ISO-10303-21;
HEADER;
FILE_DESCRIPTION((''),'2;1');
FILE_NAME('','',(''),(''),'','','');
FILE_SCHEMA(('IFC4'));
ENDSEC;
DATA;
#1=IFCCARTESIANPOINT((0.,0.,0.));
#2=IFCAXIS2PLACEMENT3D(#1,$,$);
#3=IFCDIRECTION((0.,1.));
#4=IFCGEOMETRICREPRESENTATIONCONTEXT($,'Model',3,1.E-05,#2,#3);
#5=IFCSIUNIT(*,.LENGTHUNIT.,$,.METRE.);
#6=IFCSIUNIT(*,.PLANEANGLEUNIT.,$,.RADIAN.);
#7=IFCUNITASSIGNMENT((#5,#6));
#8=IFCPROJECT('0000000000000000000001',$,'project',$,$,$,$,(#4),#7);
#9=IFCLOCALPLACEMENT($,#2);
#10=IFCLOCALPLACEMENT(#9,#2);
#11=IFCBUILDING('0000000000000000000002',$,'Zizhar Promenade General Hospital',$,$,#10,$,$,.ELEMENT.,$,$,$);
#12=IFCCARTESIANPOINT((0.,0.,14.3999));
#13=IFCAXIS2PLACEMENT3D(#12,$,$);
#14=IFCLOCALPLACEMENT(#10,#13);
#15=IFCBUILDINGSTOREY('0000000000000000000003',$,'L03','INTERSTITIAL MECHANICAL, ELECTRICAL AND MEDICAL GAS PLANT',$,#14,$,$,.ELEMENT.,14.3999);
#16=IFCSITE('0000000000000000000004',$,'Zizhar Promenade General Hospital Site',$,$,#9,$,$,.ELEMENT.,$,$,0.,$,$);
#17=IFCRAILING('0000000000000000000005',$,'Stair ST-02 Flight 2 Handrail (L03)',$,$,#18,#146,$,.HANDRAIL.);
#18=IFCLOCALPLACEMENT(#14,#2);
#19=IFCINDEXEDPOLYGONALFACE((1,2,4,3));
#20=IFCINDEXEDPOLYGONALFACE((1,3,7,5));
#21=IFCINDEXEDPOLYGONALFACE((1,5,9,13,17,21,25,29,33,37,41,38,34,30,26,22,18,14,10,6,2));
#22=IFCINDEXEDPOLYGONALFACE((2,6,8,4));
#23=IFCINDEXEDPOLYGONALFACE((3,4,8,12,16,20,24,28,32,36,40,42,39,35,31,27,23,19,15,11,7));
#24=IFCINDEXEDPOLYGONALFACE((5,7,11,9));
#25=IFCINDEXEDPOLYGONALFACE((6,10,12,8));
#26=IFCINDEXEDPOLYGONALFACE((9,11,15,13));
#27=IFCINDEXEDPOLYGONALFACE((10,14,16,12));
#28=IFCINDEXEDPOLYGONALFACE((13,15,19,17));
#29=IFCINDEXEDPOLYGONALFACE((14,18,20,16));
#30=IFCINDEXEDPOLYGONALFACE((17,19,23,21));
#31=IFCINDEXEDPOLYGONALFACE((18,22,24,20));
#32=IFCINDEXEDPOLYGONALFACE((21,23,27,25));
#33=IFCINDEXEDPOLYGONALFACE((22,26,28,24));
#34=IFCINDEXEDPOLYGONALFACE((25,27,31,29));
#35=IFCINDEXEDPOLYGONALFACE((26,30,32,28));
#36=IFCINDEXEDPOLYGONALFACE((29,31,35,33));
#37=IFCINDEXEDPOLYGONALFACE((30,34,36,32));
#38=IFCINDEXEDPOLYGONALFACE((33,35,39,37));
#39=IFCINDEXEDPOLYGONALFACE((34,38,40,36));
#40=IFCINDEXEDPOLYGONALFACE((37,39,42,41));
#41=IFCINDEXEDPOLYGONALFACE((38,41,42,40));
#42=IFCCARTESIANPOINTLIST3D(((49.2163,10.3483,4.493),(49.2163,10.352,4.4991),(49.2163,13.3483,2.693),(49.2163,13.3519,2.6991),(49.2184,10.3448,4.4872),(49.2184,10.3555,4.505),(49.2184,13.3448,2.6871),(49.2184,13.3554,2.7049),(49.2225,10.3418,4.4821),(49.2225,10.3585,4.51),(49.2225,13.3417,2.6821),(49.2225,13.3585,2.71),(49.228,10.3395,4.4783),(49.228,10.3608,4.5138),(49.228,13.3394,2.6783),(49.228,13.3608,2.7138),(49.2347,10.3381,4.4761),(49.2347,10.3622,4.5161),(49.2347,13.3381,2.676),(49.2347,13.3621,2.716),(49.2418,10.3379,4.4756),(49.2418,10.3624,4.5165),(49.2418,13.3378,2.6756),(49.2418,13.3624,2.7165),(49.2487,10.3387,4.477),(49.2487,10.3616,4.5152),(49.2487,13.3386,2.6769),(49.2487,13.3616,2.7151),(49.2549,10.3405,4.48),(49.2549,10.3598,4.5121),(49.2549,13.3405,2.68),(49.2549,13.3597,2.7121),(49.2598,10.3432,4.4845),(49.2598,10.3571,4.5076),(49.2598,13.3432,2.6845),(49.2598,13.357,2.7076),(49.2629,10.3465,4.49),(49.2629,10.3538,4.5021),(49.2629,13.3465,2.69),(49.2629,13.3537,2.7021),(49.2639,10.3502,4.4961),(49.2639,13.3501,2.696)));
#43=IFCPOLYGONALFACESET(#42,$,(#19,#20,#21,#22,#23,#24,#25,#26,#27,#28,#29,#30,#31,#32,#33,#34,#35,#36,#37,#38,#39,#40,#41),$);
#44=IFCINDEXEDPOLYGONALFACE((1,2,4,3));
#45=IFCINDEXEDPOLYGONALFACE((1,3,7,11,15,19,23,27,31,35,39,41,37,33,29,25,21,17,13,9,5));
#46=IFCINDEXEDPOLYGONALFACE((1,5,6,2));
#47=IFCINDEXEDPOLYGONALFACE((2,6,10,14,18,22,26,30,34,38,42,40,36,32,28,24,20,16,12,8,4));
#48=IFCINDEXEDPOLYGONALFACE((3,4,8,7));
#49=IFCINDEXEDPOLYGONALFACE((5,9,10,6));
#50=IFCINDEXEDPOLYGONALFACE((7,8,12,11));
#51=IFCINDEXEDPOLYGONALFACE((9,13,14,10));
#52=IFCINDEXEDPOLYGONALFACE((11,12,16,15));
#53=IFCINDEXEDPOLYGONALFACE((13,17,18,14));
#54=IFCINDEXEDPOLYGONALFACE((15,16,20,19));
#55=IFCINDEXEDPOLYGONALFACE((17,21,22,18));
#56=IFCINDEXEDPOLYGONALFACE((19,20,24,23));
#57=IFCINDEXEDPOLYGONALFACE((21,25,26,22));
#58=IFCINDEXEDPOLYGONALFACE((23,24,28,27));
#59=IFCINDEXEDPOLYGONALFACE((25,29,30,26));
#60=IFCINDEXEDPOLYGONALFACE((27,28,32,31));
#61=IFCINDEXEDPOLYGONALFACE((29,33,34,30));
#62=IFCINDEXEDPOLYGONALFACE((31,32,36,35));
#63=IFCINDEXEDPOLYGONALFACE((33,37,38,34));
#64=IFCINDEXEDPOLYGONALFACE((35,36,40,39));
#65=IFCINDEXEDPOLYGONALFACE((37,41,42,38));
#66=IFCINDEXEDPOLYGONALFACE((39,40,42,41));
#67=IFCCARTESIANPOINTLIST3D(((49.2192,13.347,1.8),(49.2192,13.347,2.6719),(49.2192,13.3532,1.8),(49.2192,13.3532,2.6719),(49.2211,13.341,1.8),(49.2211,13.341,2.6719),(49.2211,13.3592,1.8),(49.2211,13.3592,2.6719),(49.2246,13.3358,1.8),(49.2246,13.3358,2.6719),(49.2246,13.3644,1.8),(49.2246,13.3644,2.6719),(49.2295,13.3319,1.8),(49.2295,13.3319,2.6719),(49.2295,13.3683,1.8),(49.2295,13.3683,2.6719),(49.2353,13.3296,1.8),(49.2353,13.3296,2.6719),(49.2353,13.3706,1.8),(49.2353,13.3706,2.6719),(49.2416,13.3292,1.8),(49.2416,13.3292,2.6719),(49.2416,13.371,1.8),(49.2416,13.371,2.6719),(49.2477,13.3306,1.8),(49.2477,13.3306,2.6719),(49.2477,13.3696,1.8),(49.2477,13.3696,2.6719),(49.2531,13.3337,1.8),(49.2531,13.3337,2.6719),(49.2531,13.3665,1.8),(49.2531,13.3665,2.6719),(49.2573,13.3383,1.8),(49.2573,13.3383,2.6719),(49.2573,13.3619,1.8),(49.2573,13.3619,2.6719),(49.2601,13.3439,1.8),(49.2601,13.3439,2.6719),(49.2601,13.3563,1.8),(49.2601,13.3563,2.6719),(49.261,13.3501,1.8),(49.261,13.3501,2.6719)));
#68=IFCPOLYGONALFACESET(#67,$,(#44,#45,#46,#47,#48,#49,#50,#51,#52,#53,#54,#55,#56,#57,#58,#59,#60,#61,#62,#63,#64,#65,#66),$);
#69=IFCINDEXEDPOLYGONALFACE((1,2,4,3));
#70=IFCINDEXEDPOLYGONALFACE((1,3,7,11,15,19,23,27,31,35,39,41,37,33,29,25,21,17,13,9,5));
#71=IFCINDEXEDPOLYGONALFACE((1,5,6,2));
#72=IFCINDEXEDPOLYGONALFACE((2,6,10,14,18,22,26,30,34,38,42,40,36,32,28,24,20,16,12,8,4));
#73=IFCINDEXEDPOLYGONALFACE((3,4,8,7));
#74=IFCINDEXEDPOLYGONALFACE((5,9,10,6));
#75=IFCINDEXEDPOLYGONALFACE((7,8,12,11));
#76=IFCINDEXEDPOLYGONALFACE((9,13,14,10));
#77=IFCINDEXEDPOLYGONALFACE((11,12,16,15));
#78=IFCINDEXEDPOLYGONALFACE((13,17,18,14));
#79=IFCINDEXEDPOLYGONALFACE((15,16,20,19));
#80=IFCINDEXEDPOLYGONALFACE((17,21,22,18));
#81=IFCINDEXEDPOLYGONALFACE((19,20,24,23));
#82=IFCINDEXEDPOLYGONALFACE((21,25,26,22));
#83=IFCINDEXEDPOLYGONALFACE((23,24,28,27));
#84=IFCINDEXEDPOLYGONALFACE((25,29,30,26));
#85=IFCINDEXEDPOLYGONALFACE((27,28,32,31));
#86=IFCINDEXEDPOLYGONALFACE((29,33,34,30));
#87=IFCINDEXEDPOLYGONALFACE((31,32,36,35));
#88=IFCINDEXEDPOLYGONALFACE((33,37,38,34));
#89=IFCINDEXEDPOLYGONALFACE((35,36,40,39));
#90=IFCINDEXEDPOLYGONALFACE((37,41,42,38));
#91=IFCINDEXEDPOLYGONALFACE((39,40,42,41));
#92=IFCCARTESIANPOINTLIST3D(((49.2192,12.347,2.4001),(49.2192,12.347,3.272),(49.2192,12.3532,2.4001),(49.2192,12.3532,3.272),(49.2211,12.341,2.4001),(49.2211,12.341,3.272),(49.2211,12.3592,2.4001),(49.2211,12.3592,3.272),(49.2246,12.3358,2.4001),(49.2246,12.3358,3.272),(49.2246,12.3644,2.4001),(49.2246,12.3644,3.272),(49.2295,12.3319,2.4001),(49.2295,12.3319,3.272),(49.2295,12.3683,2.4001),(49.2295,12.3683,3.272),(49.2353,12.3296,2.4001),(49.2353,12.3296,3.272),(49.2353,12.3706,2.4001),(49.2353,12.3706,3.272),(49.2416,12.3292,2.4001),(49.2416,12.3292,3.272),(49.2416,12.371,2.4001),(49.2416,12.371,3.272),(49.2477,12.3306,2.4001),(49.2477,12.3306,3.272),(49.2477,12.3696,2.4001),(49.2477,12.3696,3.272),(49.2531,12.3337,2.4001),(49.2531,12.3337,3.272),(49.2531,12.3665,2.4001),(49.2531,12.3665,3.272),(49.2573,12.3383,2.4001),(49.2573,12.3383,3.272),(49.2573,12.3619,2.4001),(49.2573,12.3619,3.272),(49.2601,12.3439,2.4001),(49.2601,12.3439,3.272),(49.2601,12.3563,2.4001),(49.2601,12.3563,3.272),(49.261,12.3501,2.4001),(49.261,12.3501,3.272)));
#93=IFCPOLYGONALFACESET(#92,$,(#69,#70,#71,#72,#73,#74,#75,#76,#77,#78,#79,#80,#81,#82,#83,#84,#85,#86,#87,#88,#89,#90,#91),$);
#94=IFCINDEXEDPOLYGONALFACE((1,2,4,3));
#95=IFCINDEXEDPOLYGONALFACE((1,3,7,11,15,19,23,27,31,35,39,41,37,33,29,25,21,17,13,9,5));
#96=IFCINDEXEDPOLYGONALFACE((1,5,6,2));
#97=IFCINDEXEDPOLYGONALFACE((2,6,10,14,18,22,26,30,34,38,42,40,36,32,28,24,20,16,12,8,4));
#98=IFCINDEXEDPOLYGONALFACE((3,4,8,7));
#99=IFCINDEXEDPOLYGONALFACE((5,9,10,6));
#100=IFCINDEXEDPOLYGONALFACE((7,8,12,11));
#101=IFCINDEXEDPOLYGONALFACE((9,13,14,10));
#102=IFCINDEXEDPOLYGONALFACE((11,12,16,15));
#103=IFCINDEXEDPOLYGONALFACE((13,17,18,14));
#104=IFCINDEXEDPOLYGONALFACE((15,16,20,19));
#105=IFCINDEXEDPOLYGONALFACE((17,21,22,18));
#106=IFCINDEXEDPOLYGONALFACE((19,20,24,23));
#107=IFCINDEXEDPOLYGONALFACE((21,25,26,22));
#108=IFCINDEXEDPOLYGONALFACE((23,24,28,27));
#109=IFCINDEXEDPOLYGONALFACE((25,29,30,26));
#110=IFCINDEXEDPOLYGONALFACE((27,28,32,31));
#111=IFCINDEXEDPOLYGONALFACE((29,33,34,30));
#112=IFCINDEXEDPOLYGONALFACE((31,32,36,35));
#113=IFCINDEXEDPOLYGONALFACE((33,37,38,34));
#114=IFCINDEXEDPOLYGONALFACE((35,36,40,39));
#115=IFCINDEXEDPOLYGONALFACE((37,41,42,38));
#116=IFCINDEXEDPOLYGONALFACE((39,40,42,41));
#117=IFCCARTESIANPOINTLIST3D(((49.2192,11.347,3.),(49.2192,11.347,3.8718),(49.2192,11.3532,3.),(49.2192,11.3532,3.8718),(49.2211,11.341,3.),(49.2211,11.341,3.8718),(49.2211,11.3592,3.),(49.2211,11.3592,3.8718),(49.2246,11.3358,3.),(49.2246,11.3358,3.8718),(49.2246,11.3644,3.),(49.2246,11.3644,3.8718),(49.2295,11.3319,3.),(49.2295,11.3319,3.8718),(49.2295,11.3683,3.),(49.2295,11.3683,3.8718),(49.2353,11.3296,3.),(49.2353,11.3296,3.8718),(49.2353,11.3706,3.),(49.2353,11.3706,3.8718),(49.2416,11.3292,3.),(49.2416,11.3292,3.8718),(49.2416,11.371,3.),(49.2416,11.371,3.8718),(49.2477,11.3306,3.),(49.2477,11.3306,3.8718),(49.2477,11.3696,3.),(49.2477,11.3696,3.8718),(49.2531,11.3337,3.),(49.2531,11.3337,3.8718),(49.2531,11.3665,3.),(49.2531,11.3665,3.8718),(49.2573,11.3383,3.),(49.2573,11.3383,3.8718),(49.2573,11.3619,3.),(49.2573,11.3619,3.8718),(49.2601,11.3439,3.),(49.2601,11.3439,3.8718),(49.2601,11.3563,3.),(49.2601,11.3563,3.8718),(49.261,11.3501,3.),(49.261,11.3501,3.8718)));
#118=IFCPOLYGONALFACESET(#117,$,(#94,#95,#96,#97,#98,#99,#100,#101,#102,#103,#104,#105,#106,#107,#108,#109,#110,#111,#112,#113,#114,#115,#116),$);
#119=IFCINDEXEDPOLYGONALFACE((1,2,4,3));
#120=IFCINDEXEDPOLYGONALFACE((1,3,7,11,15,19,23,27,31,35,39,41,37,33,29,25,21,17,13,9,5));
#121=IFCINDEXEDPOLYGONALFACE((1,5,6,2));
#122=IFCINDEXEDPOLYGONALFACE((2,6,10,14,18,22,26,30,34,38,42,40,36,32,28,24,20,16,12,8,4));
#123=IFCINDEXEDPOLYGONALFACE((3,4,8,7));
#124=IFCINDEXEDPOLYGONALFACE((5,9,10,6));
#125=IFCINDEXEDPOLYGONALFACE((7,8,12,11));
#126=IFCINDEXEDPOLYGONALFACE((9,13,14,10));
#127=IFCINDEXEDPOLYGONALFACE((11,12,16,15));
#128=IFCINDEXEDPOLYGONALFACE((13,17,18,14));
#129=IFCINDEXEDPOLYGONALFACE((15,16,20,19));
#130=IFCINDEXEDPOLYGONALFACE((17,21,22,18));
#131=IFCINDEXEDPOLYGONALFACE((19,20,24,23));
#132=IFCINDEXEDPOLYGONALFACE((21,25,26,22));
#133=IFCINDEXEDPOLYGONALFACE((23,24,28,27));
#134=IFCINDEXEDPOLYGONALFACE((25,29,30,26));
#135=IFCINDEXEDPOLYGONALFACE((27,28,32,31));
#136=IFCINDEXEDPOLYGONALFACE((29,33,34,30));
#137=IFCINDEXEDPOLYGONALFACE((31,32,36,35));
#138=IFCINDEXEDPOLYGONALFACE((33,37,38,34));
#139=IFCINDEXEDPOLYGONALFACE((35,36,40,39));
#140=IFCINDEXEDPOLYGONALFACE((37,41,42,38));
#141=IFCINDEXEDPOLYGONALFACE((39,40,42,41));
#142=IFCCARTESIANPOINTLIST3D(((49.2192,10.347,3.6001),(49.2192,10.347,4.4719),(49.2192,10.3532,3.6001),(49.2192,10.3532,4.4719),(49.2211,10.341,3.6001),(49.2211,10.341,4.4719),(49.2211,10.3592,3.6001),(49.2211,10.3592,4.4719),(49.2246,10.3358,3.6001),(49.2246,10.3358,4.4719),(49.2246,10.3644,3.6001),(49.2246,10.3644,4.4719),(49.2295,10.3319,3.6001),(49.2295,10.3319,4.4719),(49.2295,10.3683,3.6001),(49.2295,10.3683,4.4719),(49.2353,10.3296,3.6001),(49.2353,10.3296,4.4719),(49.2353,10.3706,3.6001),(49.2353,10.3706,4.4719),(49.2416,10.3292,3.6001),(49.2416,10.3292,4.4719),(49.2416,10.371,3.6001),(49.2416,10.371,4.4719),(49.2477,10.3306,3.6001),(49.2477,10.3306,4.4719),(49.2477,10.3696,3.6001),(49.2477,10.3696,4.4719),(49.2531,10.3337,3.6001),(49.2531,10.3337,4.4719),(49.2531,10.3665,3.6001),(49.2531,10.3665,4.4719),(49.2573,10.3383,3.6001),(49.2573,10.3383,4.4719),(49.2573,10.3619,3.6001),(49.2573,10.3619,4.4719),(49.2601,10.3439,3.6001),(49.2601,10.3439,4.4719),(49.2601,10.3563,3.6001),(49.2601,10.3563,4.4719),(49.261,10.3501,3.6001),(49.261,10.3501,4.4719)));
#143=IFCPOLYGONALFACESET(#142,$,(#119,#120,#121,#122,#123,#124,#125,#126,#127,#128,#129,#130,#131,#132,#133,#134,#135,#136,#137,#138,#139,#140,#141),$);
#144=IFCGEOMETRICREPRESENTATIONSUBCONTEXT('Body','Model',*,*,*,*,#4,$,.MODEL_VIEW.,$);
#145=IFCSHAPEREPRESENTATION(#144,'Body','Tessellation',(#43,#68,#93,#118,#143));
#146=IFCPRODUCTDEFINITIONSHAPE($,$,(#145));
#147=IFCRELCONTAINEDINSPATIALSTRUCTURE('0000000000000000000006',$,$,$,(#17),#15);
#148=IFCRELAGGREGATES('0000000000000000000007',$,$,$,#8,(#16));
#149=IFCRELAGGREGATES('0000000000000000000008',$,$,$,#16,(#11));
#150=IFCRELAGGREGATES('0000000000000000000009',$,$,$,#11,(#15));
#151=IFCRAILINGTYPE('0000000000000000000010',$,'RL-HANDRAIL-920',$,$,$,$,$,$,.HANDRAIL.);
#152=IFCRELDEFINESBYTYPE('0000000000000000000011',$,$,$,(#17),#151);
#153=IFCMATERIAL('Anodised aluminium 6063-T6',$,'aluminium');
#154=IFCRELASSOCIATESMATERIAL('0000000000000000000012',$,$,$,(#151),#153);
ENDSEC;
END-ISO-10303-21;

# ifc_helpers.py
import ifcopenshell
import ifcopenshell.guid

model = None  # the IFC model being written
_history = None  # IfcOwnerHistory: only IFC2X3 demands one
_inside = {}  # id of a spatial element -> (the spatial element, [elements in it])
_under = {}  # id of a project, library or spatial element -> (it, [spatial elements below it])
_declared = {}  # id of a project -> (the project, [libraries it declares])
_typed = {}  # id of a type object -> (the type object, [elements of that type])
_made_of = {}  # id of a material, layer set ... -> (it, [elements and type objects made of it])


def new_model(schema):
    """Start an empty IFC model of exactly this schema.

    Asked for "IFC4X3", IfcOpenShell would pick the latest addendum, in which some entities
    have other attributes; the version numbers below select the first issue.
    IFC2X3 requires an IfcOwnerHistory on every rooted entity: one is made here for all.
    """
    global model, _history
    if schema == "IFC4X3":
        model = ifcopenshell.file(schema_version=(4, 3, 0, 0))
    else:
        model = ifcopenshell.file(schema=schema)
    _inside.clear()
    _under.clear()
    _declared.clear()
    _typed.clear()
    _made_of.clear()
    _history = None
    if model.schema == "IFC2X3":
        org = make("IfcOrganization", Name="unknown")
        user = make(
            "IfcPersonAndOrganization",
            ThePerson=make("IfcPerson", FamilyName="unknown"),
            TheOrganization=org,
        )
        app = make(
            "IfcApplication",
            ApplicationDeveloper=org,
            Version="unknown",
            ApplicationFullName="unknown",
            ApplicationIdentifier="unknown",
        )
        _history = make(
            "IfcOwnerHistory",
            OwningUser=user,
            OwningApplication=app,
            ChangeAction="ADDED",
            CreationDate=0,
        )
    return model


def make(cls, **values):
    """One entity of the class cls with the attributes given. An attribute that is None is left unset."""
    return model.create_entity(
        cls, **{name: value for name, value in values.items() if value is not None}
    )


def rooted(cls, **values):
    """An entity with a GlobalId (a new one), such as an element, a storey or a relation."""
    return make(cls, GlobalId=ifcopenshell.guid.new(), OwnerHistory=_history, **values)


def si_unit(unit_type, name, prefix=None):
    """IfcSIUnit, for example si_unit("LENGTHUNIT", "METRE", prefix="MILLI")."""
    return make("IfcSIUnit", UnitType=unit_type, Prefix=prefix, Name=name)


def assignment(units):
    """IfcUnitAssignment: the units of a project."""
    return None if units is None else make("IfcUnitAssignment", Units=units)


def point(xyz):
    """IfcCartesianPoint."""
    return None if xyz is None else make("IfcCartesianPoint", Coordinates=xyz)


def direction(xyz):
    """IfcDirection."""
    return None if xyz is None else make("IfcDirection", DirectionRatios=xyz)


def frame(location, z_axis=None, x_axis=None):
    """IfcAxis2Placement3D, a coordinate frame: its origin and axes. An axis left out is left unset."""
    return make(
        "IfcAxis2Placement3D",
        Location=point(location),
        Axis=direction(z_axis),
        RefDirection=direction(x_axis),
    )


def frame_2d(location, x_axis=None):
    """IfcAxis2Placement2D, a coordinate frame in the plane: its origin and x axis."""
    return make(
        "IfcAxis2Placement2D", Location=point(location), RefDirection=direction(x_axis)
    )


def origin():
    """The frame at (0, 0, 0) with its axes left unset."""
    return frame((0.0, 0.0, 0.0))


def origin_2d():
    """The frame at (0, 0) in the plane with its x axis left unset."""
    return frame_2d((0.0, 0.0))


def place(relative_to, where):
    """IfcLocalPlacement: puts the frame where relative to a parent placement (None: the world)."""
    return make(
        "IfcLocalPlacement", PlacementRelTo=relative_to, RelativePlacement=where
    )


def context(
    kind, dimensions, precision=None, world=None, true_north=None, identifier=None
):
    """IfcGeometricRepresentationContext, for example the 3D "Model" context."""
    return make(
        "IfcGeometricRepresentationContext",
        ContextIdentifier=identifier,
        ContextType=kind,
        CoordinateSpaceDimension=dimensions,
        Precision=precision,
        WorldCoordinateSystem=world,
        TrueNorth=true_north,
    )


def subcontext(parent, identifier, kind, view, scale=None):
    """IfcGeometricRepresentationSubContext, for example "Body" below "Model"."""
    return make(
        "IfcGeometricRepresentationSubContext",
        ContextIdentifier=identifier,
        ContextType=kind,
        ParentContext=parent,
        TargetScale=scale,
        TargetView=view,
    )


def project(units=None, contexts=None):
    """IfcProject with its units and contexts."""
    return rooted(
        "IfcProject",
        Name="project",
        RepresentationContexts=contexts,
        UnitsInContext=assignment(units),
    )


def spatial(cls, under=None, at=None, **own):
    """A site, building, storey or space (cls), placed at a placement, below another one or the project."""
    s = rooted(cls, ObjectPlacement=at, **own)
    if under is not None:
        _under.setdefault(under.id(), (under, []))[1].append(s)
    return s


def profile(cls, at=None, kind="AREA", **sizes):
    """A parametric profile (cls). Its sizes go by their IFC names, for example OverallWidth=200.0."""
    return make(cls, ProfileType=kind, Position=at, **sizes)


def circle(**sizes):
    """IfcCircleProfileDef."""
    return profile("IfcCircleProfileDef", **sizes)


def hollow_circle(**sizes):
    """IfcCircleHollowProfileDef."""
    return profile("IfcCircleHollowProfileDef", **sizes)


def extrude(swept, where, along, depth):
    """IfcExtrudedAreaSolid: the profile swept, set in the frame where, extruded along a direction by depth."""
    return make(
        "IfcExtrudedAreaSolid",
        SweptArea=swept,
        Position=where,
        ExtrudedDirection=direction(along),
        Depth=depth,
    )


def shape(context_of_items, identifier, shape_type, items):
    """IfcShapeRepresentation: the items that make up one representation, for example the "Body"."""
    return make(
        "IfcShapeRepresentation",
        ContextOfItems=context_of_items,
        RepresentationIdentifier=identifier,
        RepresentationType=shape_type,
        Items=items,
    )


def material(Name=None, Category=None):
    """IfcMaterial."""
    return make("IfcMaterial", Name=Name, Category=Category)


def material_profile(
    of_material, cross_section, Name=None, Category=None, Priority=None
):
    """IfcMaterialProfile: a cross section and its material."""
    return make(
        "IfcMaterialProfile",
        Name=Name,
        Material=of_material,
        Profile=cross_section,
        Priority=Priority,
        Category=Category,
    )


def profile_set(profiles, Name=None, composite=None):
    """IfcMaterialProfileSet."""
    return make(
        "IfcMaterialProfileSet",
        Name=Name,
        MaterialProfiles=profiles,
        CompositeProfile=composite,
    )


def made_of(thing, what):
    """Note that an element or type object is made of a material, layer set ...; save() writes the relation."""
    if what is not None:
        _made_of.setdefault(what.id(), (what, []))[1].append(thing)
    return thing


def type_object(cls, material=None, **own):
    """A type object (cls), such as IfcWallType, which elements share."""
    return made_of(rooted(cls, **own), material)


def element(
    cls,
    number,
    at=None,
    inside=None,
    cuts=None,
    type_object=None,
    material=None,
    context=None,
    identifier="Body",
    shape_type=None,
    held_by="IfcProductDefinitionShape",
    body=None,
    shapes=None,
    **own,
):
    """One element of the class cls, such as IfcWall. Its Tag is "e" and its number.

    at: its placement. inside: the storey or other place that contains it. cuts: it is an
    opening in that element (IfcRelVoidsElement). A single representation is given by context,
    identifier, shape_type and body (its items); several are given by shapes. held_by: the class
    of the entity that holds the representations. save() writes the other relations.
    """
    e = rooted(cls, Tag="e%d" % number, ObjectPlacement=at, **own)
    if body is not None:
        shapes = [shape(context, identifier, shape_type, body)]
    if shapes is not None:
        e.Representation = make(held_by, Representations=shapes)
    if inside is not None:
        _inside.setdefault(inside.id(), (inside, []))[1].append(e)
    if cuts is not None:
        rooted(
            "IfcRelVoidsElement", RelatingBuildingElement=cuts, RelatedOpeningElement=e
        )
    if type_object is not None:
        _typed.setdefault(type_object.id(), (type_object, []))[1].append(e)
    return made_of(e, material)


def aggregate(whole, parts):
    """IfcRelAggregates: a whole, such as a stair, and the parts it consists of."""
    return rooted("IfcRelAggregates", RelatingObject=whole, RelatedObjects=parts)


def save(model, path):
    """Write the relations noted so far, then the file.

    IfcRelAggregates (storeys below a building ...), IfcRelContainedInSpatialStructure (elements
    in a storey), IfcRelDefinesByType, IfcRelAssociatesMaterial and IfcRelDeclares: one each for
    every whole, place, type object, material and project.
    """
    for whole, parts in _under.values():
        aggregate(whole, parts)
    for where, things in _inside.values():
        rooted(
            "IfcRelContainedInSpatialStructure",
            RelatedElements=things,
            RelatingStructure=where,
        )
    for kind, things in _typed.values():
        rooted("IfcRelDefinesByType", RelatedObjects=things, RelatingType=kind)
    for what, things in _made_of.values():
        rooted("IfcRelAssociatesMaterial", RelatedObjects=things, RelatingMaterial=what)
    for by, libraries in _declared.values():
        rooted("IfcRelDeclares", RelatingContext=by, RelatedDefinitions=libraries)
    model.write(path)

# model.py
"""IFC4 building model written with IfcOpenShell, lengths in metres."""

from ifc_helpers import new_model, si_unit, direction, frame, origin, origin_2d, place, context, subcontext, project, spatial, circle, hollow_circle, extrude, material, material_profile, profile_set, type_object, element, save


model = new_model("IFC4")

# Units and contexts
model_context = context("Model", 3, precision=1e-05, world=origin(), true_north=direction((0.0, 1.0)))
body_context = subcontext(model_context, "Body", "Model", "MODEL_VIEW")
ifc_project = project(units=[si_unit("LENGTHUNIT", "METRE"), si_unit("PLANEANGLEUNIT", "RADIAN")], contexts=[model_context])

# Site, building, storey
site_placement = place(None, origin())
site = spatial("IfcSite", under=ifc_project, at=site_placement, Name="Zizhar Promenade General Hospital Site", CompositionType="ELEMENT", RefElevation=0.0)
building_placement = place(site_placement, origin())
building = spatial("IfcBuilding", under=site, at=building_placement, Name="Zizhar Promenade General Hospital", CompositionType="ELEMENT")
storey_placement = place(building_placement, frame((0.0, 0.0, 14.3999)))
storey = spatial("IfcBuildingStorey", under=building, at=storey_placement, Name="L03", Description="INTERSTITIAL MECHANICAL, ELECTRICAL AND MEDICAL GAS PLANT", CompositionType="ELEMENT", Elevation=14.3999)

# Railing
ifc_material_1 = material(Name="Anodised aluminium 6063-T6", Category="aluminium")
ifc_material_profile_1 = material_profile(ifc_material_1, hollow_circle(Radius=0.0698, WallThickness=0.0063, at=origin_2d()))
ifc_profile_set_1 = profile_set([ifc_material_profile_1], Name="Anodised aluminium 6063-T6")
railing_type_1 = type_object("IfcRailingType", Name="RL-HANDRAIL-920", PredefinedType="HANDRAIL", material=ifc_profile_set_1)
railing_1_placement = place(storey_placement, frame((49.24, 13.3501, 1.8)))
element("IfcRailing", 1, at=railing_1_placement, inside=storey, type_object=railing_type_1, Name="Stair ST-02 Flight 2 Handrail (L03)", PredefinedType="HANDRAIL", context=body_context, shape_type="SweptSolid", body=[
    extrude(circle(Radius=0.0239, at=origin_2d()), frame((0.0, 0.0, 0.896), z_axis=(0.0, -0.857487, 0.514506), x_axis=(1.0, 0.0, 0.0)), (0.0, 0.0, 1.0), 3.4985),
    extrude(circle(Radius=0.021, at=origin_2d()), origin(), (0.0, 0.0, 1.0), 0.8718),
    extrude(circle(Radius=0.021, at=origin_2d()), frame((0.0, -1.0, 0.6001)), (0.0, 0.0, 1.0), 0.8718),
    extrude(circle(Radius=0.021, at=origin_2d()), frame((0.0, -2.0, 1.2)), (0.0, 0.0, 1.0), 0.8718),
    extrude(circle(Radius=0.021, at=origin_2d()), frame((0.0, -3.0, 1.8)), (0.0, 0.0, 1.0), 0.8718),
])

save(model, "model.ifc")
